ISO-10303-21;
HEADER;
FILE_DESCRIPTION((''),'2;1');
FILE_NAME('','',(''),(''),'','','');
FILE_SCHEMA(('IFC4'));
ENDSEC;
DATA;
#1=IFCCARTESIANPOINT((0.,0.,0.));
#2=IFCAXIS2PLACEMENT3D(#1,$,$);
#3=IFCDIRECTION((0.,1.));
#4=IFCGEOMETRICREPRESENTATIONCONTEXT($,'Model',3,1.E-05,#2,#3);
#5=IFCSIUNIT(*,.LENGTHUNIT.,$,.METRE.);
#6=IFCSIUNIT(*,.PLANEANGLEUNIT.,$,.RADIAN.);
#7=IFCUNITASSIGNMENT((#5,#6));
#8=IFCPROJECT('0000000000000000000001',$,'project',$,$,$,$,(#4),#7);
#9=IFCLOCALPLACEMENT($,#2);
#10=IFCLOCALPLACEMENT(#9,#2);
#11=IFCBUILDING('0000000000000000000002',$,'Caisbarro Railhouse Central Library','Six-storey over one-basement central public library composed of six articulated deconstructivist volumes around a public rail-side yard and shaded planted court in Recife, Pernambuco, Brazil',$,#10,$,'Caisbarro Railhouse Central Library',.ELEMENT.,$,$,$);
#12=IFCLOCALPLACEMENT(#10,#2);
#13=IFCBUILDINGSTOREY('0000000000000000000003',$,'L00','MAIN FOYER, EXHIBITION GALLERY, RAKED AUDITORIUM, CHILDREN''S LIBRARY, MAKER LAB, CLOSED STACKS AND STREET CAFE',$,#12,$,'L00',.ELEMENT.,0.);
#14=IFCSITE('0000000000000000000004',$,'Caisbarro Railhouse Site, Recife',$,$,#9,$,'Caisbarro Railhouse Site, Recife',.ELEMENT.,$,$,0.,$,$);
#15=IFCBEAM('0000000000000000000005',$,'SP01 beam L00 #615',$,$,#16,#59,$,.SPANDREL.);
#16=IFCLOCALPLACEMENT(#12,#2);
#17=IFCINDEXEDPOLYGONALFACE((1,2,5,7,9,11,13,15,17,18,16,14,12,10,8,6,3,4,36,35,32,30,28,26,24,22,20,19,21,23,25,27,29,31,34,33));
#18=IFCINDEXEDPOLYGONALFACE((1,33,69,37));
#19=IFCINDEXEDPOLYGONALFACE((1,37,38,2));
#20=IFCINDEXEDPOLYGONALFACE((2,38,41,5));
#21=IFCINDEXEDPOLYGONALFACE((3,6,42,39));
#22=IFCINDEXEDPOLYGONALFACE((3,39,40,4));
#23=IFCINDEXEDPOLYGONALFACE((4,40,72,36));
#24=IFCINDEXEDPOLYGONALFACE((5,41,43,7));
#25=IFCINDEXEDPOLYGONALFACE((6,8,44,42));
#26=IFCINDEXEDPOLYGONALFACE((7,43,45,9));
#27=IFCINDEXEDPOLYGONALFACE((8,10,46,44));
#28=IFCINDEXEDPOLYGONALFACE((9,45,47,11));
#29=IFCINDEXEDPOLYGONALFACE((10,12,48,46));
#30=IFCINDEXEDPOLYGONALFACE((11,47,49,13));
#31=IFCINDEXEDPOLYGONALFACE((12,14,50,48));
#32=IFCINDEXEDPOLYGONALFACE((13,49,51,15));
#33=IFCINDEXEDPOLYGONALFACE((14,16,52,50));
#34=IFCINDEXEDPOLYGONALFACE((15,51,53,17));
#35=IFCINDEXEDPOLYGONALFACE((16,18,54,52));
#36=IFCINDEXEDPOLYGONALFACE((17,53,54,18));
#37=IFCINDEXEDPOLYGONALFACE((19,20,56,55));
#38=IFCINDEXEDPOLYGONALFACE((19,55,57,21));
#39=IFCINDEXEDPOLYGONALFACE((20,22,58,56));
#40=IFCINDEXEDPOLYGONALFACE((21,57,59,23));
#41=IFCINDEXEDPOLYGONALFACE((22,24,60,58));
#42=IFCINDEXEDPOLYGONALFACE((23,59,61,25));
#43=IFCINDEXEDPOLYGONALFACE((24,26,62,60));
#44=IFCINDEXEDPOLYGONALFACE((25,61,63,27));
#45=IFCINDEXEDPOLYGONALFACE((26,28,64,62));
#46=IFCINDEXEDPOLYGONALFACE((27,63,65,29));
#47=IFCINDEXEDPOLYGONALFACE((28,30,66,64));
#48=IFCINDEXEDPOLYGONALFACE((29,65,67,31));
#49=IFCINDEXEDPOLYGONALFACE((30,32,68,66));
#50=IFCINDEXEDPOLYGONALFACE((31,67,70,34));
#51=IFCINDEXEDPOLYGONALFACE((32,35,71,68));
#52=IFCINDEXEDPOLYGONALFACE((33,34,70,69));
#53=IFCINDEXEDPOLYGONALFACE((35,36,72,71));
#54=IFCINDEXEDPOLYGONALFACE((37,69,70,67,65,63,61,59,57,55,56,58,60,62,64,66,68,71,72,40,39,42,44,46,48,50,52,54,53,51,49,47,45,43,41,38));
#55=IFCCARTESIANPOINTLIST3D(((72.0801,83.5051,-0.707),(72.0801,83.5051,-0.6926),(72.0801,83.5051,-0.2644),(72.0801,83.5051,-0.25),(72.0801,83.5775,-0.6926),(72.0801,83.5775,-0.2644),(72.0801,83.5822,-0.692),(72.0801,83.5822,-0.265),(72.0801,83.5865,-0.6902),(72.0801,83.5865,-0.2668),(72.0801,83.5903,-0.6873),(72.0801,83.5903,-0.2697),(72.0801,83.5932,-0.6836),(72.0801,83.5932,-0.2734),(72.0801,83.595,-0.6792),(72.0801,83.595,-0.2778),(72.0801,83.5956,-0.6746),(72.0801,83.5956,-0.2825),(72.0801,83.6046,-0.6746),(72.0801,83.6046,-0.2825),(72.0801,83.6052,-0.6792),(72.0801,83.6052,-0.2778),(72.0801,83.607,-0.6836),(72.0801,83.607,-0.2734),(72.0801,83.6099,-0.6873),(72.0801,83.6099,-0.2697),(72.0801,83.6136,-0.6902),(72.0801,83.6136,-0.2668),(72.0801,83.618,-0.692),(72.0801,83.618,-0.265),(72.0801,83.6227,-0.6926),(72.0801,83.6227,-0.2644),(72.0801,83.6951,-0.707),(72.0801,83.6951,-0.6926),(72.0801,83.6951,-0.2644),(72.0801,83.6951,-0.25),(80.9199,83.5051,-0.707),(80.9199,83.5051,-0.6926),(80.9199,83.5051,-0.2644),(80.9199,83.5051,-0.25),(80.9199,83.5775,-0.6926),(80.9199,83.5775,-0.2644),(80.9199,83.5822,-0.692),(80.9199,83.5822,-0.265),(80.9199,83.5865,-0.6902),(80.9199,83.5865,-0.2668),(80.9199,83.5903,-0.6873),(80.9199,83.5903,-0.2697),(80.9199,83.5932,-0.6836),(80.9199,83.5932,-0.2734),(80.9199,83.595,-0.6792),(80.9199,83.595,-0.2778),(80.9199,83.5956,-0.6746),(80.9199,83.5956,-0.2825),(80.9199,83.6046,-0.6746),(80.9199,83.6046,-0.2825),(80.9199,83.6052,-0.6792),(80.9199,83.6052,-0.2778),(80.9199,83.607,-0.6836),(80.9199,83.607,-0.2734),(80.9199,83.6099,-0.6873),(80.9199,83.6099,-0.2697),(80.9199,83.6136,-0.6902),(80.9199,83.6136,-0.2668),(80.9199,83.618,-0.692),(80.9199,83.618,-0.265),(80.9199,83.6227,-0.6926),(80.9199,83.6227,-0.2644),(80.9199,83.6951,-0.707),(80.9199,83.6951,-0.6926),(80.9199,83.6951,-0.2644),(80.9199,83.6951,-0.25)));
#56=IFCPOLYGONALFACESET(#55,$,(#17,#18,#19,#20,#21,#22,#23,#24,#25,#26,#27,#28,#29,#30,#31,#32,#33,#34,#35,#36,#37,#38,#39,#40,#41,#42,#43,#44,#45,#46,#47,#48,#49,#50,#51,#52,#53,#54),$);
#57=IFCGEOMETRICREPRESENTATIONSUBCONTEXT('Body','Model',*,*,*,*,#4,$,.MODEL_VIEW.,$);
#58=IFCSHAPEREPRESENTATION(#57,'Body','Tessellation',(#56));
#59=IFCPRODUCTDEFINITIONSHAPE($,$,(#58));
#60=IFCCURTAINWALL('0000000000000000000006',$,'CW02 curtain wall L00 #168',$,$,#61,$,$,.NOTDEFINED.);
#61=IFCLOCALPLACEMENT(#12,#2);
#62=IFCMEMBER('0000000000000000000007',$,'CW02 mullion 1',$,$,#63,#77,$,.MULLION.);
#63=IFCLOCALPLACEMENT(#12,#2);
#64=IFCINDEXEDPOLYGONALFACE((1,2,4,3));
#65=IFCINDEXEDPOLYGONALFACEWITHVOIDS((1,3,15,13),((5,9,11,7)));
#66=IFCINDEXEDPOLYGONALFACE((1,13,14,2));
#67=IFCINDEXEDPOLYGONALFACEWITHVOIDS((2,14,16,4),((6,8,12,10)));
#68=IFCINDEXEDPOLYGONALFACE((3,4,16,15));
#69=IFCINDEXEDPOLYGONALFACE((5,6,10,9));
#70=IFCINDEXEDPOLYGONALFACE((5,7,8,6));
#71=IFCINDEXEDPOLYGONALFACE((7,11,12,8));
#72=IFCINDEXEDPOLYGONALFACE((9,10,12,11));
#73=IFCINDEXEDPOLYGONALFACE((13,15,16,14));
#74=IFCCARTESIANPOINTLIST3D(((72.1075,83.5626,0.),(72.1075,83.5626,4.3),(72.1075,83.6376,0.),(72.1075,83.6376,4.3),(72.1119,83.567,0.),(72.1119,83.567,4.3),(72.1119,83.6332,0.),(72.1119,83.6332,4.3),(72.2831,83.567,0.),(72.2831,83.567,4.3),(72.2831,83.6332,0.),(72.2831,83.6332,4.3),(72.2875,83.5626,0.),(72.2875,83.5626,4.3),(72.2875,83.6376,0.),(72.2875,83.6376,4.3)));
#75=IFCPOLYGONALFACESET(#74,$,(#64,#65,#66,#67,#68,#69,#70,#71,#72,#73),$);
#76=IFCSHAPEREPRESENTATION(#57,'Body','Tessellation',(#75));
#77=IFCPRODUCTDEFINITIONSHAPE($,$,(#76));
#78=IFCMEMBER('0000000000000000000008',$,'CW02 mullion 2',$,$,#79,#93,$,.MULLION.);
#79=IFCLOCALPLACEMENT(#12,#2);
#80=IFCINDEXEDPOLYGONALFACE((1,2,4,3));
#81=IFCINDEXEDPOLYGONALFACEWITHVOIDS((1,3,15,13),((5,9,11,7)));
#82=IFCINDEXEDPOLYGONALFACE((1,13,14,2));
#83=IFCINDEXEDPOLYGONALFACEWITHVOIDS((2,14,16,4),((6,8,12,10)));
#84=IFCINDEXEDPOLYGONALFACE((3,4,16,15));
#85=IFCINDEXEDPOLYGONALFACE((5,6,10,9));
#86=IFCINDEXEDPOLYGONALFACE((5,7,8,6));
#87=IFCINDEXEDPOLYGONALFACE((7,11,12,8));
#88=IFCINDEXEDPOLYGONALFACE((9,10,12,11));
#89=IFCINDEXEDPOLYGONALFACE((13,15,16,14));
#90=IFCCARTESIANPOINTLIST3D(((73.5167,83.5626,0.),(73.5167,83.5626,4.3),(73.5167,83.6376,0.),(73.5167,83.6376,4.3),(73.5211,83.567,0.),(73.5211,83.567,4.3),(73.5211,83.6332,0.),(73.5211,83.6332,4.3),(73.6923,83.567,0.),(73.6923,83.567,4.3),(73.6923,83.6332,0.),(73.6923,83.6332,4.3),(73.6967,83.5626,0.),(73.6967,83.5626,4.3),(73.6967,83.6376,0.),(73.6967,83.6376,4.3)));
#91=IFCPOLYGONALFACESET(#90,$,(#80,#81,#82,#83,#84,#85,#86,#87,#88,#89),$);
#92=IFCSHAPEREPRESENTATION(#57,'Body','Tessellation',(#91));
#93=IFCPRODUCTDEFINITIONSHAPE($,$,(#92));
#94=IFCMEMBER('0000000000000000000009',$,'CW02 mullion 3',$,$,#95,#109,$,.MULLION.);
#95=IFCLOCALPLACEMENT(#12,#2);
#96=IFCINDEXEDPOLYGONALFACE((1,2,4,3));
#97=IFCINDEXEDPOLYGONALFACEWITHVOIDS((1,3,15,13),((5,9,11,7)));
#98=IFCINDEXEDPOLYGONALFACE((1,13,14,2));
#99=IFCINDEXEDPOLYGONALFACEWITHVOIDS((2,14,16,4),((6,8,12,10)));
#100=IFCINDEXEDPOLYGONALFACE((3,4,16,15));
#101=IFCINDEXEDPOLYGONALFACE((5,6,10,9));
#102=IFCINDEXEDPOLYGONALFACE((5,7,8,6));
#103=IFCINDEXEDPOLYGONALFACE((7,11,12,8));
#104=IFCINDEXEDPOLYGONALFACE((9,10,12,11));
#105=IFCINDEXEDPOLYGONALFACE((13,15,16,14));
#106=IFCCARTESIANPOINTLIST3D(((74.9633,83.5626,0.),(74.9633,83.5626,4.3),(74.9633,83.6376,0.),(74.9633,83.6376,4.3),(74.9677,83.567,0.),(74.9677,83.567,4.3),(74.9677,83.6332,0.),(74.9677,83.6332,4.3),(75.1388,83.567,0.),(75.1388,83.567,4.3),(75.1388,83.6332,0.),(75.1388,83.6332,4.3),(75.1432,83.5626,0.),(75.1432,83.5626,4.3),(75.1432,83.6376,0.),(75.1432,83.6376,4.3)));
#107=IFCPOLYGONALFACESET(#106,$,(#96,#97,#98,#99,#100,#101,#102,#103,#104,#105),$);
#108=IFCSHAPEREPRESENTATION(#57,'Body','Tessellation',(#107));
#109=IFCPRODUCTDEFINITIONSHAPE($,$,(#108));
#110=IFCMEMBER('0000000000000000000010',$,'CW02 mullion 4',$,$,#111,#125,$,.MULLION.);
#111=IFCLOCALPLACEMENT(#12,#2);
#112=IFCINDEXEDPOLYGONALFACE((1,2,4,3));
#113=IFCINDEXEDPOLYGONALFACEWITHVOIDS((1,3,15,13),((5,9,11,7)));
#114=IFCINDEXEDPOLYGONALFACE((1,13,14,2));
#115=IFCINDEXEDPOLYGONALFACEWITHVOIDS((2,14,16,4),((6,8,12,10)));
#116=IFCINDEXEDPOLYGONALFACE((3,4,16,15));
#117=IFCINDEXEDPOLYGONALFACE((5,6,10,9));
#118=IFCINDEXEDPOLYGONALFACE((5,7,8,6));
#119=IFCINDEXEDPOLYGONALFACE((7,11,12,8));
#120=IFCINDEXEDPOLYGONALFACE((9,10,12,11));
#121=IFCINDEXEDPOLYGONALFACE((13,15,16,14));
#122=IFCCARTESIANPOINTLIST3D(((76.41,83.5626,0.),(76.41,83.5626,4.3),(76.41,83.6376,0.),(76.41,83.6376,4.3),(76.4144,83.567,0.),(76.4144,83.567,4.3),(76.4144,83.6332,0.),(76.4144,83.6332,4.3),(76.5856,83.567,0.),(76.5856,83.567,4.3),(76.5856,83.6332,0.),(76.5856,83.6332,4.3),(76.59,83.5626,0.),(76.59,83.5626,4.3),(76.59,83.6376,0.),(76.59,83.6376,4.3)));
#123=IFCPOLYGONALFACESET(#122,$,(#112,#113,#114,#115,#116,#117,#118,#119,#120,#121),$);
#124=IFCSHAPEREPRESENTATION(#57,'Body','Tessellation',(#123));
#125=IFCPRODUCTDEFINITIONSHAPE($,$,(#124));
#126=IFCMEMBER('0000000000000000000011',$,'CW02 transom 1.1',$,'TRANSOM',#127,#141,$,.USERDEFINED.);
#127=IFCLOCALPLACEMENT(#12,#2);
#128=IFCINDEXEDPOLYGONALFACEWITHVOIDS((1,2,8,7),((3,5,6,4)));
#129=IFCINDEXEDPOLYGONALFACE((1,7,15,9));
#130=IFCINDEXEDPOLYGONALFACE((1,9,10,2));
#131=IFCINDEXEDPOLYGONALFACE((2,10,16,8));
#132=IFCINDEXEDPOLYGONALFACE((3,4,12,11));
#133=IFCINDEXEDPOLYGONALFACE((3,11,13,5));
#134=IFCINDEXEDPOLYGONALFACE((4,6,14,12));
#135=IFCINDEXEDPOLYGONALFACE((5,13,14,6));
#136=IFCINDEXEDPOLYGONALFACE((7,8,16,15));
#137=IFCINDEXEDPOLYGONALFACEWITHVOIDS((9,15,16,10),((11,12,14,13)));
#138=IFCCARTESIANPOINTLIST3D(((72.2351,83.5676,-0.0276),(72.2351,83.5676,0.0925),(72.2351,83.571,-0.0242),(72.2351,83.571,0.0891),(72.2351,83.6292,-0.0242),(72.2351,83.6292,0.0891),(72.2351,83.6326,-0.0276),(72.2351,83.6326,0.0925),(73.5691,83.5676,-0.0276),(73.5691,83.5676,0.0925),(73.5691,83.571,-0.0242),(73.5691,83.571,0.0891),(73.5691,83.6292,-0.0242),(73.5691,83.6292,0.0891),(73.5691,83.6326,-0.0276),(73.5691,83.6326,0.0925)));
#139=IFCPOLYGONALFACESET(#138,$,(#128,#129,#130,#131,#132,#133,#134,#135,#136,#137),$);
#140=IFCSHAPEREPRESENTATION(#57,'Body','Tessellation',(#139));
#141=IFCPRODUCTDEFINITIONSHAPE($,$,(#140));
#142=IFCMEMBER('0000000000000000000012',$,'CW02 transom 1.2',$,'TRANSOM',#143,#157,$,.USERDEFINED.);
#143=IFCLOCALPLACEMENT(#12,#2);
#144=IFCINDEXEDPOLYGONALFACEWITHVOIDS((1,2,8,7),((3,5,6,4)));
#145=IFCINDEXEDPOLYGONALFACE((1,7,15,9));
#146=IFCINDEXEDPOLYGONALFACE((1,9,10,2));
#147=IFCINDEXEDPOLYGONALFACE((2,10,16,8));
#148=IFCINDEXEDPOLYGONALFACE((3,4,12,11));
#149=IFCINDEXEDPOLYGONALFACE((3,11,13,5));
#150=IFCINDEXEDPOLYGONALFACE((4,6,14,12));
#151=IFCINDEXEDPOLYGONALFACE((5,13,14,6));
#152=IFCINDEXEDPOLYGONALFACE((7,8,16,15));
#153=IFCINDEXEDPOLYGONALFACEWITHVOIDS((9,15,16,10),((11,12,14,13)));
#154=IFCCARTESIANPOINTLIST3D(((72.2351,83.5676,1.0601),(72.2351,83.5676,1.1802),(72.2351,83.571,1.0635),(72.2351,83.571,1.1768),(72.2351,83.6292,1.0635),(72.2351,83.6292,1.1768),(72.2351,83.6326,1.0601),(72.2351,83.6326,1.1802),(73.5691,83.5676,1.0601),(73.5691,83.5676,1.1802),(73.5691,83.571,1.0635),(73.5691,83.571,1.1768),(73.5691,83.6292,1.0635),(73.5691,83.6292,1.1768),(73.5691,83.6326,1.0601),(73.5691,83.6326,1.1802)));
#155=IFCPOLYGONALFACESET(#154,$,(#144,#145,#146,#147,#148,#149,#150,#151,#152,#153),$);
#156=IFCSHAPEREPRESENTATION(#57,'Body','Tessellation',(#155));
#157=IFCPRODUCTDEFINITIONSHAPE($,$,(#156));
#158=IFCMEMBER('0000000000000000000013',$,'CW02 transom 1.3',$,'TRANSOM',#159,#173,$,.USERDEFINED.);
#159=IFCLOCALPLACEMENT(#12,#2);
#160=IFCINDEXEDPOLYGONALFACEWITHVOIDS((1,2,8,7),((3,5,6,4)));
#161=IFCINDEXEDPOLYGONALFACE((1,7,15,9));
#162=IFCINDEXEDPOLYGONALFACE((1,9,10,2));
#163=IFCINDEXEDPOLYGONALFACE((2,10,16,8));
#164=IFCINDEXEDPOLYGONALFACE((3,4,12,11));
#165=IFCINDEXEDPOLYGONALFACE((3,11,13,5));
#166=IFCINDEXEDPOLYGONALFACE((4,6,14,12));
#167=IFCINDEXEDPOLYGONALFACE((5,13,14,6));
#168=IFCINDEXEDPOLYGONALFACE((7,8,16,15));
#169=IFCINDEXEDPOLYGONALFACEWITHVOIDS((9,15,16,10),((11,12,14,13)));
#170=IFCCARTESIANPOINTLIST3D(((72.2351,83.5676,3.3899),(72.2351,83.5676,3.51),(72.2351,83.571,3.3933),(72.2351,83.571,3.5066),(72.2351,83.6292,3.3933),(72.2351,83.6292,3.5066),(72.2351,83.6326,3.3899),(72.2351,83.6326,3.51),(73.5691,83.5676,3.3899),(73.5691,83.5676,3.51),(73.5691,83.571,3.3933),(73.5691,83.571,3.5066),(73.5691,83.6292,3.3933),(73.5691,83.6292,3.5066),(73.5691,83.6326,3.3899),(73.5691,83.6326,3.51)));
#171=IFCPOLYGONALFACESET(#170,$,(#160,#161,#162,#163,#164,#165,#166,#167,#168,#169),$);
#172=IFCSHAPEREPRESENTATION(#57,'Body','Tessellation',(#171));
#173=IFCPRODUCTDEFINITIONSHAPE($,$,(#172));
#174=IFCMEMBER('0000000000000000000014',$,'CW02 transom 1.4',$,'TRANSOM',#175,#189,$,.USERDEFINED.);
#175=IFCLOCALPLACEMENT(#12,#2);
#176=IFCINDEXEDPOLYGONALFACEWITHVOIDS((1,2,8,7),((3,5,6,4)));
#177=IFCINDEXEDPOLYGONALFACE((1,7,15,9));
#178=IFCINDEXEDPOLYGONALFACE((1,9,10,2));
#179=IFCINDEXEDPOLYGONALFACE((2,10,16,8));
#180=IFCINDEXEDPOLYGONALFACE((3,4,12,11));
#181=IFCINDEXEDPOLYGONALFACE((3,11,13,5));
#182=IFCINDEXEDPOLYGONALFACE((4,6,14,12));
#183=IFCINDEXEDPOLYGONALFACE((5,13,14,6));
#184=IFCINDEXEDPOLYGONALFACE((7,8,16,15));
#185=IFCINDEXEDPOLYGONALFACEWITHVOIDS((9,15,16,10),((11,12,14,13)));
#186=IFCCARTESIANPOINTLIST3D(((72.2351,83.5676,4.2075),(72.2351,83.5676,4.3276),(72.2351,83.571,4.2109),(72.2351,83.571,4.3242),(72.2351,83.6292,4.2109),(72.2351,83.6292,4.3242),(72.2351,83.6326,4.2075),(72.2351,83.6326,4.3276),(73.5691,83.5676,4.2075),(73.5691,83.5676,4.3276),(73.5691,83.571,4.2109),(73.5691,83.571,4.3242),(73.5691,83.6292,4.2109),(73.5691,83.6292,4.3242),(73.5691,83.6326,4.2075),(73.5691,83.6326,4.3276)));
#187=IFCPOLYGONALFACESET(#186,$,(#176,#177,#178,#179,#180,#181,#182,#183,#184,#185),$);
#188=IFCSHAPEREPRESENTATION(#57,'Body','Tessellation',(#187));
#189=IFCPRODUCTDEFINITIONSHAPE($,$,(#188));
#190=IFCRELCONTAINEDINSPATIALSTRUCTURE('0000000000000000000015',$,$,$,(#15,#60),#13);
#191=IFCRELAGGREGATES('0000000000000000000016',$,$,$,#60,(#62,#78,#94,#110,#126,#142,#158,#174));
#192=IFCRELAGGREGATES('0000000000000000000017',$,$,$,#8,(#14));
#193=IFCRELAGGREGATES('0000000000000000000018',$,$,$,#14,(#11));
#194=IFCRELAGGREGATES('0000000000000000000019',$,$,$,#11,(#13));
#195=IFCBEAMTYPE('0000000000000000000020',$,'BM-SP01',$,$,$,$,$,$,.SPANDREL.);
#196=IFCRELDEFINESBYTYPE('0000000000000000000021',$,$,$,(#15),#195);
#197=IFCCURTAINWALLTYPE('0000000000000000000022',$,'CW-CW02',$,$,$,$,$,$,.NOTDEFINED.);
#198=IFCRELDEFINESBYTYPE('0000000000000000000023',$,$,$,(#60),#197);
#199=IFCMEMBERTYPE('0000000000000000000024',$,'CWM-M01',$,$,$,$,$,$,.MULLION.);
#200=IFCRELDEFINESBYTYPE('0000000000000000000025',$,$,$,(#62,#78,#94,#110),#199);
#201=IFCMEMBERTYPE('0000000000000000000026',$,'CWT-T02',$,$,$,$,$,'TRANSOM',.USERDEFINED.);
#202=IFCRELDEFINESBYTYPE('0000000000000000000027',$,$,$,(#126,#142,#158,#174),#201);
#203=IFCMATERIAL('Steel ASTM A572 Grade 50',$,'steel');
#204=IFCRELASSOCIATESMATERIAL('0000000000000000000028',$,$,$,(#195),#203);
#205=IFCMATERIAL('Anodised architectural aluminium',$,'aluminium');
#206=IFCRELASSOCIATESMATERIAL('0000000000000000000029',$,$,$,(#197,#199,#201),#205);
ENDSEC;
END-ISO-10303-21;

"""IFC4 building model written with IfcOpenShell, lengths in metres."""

from ifc_helpers import new_model, si_unit, direction, frame, origin, origin_2d, place, context, subcontext, project, spatial, hollow_rectangle, i_section, extrude, material, material_profile, profile_set, type_object, element, aggregate, save


model = new_model("IFC4")

# Units and contexts
model_context = context("Model", 3, precision=1e-05, world=origin(), true_north=direction((0.0, 1.0)))
body_context = subcontext(model_context, "Body", "Model", "MODEL_VIEW")
ifc_project = project(units=[si_unit("LENGTHUNIT", "METRE"), si_unit("PLANEANGLEUNIT", "RADIAN")], contexts=[model_context])

# Site, building, storey
site_placement = place(None, origin())
site = spatial("IfcSite", under=ifc_project, at=site_placement, Name="Caisbarro Railhouse Site, Recife", LongName="Caisbarro Railhouse Site, Recife", CompositionType="ELEMENT", RefElevation=0.0)
building_placement = place(site_placement, origin())
building = spatial("IfcBuilding", under=site, at=building_placement, Name="Caisbarro Railhouse Central Library", Description="Six-storey over one-basement central public library composed of six articulated deconstructivist volumes around a public rail-side yard and shaded planted court in Recife, Pernambuco, Brazil", LongName="Caisbarro Railhouse Central Library", CompositionType="ELEMENT")
storey_placement = place(building_placement, origin())
storey = spatial("IfcBuildingStorey", under=building, at=storey_placement, Name="L00", Description="MAIN FOYER, EXHIBITION GALLERY, RAKED AUDITORIUM, CHILDREN'S LIBRARY, MAKER LAB, CLOSED STACKS AND STREET CAFE", LongName="L00", CompositionType="ELEMENT", Elevation=0.0)

# Beam
ifc_material_1 = material(Name="Steel ASTM A572 Grade 50", Category="steel")
ifc_material_profile_1 = material_profile(ifc_material_1, i_section(OverallWidth=0.1899, OverallDepth=0.457, WebThickness=0.009, FlangeThickness=0.0144, FilletRadius=0.0181, at=origin_2d()), Name="W460X74.0")
ifc_profile_set_1 = profile_set([ifc_material_profile_1], Name="Steel ASTM A572 Grade 50")
beam_type = type_object("IfcBeamType", Name="BM-SP01", PredefinedType="SPANDREL", material=ifc_profile_set_1)
beam_placement = place(storey_placement, frame((72.0801, 83.6001, -0.4785), z_axis=(1.0, 0.0, 0.0), x_axis=(0.0, 1.0, 0.0)))
element("IfcBeam", 1, at=beam_placement, inside=storey, type_object=beam_type, Name="SP01 beam L00 #615", PredefinedType="SPANDREL", context=body_context, shape_type="SweptSolid", body=[
    extrude(i_section(OverallWidth=0.1899, OverallDepth=0.457, WebThickness=0.009, FlangeThickness=0.0144, FilletRadius=0.0181, at=origin_2d()), origin(), (0.0, 0.0, 1.0), 8.8398),
])

# Curtain wall, members
ifc_material_2 = material(Name="Anodised architectural aluminium", Category="aluminium")
curtain_wall_type = type_object("IfcCurtainWallType", Name="CW-CW02", PredefinedType="NOTDEFINED", material=ifc_material_2)
curtain_wall_placement = place(storey_placement, origin())
curtain_wall = element("IfcCurtainWall", 2, at=curtain_wall_placement, inside=storey, type_object=curtain_wall_type, Name="CW02 curtain wall L00 #168", PredefinedType="NOTDEFINED")
ifc_material_profile_2 = material_profile(ifc_material_2, hollow_rectangle(XDim=0.075, YDim=0.1799, WallThickness=0.0044, at=origin_2d()), Name="ALU-MUL-75X180")
ifc_profile_set_2 = profile_set([ifc_material_profile_2], Name="Anodised architectural aluminium")
member_type_1 = type_object("IfcMemberType", Name="CWM-M01", PredefinedType="MULLION", material=ifc_profile_set_2)
member_1_placement = place(storey_placement, frame((72.1975, 83.6001, 0.0), z_axis=(0.0, 0.0, 1.0), x_axis=(0.0, 1.0, 0.0)))
member_1 = element("IfcMember", 3, at=member_1_placement, type_object=member_type_1, Name="CW02 mullion 1", PredefinedType="MULLION", context=body_context, shape_type="SweptSolid", body=[
    extrude(hollow_rectangle(XDim=0.075, YDim=0.1799, WallThickness=0.0044, at=origin_2d()), origin(), (0.0, 0.0, 1.0), 4.3),
])
member_2_placement = place(storey_placement, frame((73.6067, 83.6001, 0.0), z_axis=(0.0, 0.0, 1.0), x_axis=(0.0, 1.0, 0.0)))
member_2 = element("IfcMember", 4, at=member_2_placement, type_object=member_type_1, Name="CW02 mullion 2", PredefinedType="MULLION", context=body_context, shape_type="SweptSolid", body=[
    extrude(hollow_rectangle(XDim=0.075, YDim=0.1799, WallThickness=0.0044, at=origin_2d()), origin(), (0.0, 0.0, 1.0), 4.3),
])
member_3_placement = place(storey_placement, frame((75.0532, 83.6001, 0.0), z_axis=(0.0, 0.0, 1.0), x_axis=(0.0, 1.0, 0.0)))
member_3 = element("IfcMember", 5, at=member_3_placement, type_object=member_type_1, Name="CW02 mullion 3", PredefinedType="MULLION", context=body_context, shape_type="SweptSolid", body=[
    extrude(hollow_rectangle(XDim=0.075, YDim=0.1799, WallThickness=0.0044, at=origin_2d()), origin(), (0.0, 0.0, 1.0), 4.3),
])
member_4_placement = place(storey_placement, frame((76.5, 83.6001, 0.0), z_axis=(0.0, 0.0, 1.0), x_axis=(0.0, 1.0, 0.0)))
member_4 = element("IfcMember", 6, at=member_4_placement, type_object=member_type_1, Name="CW02 mullion 4", PredefinedType="MULLION", context=body_context, shape_type="SweptSolid", body=[
    extrude(hollow_rectangle(XDim=0.075, YDim=0.1799, WallThickness=0.0044, at=origin_2d()), origin(), (0.0, 0.0, 1.0), 4.3),
])
ifc_material_profile_3 = material_profile(ifc_material_2, hollow_rectangle(XDim=0.0649, YDim=0.1201, WallThickness=0.0034, at=origin_2d()), Name="ALU-TRN-65X120")
ifc_profile_set_3 = profile_set([ifc_material_profile_3], Name="Anodised architectural aluminium")
member_type_2 = type_object("IfcMemberType", Name="CWT-T02", ElementType="TRANSOM", PredefinedType="USERDEFINED", material=ifc_profile_set_3)
member_5_placement = place(storey_placement, frame((72.2351, 83.6001, 0.0325), z_axis=(1.0, 0.0, 0.0), x_axis=(0.0, 1.0, 0.0)))
member_5 = element("IfcMember", 7, at=member_5_placement, type_object=member_type_2, Name="CW02 transom 1.1", ObjectType="TRANSOM", PredefinedType="USERDEFINED", context=body_context, shape_type="SweptSolid", body=[
    extrude(hollow_rectangle(XDim=0.0649, YDim=0.1201, WallThickness=0.0034, at=origin_2d()), origin(), (0.0, 0.0, 1.0), 1.334),
])
member_6_placement = place(storey_placement, frame((72.2351, 83.6001, 1.1201), z_axis=(1.0, 0.0, 0.0), x_axis=(0.0, 1.0, 0.0)))
member_6 = element("IfcMember", 8, at=member_6_placement, type_object=member_type_2, Name="CW02 transom 1.2", ObjectType="TRANSOM", PredefinedType="USERDEFINED", context=body_context, shape_type="SweptSolid", body=[
    extrude(hollow_rectangle(XDim=0.0649, YDim=0.1201, WallThickness=0.0034, at=origin_2d()), origin(), (0.0, 0.0, 1.0), 1.334),
])
member_7_placement = place(storey_placement, frame((72.2351, 83.6001, 3.45), z_axis=(1.0, 0.0, 0.0), x_axis=(0.0, 1.0, 0.0)))
member_7 = element("IfcMember", 9, at=member_7_placement, type_object=member_type_2, Name="CW02 transom 1.3", ObjectType="TRANSOM", PredefinedType="USERDEFINED", context=body_context, shape_type="SweptSolid", body=[
    extrude(hollow_rectangle(XDim=0.0649, YDim=0.1201, WallThickness=0.0034, at=origin_2d()), origin(), (0.0, 0.0, 1.0), 1.334),
])
member_8_placement = place(storey_placement, frame((72.2351, 83.6001, 4.2676), z_axis=(1.0, 0.0, 0.0), x_axis=(0.0, 1.0, 0.0)))
member_8 = element("IfcMember", 10, at=member_8_placement, type_object=member_type_2, Name="CW02 transom 1.4", ObjectType="TRANSOM", PredefinedType="USERDEFINED", context=body_context, shape_type="SweptSolid", body=[
    extrude(hollow_rectangle(XDim=0.0649, YDim=0.1201, WallThickness=0.0034, at=origin_2d()), origin(), (0.0, 0.0, 1.0), 1.334),
])
aggregate(curtain_wall, [member_1, member_2, member_3, member_4, member_5, member_6, member_7, member_8])

save(model, "model.ifc")
